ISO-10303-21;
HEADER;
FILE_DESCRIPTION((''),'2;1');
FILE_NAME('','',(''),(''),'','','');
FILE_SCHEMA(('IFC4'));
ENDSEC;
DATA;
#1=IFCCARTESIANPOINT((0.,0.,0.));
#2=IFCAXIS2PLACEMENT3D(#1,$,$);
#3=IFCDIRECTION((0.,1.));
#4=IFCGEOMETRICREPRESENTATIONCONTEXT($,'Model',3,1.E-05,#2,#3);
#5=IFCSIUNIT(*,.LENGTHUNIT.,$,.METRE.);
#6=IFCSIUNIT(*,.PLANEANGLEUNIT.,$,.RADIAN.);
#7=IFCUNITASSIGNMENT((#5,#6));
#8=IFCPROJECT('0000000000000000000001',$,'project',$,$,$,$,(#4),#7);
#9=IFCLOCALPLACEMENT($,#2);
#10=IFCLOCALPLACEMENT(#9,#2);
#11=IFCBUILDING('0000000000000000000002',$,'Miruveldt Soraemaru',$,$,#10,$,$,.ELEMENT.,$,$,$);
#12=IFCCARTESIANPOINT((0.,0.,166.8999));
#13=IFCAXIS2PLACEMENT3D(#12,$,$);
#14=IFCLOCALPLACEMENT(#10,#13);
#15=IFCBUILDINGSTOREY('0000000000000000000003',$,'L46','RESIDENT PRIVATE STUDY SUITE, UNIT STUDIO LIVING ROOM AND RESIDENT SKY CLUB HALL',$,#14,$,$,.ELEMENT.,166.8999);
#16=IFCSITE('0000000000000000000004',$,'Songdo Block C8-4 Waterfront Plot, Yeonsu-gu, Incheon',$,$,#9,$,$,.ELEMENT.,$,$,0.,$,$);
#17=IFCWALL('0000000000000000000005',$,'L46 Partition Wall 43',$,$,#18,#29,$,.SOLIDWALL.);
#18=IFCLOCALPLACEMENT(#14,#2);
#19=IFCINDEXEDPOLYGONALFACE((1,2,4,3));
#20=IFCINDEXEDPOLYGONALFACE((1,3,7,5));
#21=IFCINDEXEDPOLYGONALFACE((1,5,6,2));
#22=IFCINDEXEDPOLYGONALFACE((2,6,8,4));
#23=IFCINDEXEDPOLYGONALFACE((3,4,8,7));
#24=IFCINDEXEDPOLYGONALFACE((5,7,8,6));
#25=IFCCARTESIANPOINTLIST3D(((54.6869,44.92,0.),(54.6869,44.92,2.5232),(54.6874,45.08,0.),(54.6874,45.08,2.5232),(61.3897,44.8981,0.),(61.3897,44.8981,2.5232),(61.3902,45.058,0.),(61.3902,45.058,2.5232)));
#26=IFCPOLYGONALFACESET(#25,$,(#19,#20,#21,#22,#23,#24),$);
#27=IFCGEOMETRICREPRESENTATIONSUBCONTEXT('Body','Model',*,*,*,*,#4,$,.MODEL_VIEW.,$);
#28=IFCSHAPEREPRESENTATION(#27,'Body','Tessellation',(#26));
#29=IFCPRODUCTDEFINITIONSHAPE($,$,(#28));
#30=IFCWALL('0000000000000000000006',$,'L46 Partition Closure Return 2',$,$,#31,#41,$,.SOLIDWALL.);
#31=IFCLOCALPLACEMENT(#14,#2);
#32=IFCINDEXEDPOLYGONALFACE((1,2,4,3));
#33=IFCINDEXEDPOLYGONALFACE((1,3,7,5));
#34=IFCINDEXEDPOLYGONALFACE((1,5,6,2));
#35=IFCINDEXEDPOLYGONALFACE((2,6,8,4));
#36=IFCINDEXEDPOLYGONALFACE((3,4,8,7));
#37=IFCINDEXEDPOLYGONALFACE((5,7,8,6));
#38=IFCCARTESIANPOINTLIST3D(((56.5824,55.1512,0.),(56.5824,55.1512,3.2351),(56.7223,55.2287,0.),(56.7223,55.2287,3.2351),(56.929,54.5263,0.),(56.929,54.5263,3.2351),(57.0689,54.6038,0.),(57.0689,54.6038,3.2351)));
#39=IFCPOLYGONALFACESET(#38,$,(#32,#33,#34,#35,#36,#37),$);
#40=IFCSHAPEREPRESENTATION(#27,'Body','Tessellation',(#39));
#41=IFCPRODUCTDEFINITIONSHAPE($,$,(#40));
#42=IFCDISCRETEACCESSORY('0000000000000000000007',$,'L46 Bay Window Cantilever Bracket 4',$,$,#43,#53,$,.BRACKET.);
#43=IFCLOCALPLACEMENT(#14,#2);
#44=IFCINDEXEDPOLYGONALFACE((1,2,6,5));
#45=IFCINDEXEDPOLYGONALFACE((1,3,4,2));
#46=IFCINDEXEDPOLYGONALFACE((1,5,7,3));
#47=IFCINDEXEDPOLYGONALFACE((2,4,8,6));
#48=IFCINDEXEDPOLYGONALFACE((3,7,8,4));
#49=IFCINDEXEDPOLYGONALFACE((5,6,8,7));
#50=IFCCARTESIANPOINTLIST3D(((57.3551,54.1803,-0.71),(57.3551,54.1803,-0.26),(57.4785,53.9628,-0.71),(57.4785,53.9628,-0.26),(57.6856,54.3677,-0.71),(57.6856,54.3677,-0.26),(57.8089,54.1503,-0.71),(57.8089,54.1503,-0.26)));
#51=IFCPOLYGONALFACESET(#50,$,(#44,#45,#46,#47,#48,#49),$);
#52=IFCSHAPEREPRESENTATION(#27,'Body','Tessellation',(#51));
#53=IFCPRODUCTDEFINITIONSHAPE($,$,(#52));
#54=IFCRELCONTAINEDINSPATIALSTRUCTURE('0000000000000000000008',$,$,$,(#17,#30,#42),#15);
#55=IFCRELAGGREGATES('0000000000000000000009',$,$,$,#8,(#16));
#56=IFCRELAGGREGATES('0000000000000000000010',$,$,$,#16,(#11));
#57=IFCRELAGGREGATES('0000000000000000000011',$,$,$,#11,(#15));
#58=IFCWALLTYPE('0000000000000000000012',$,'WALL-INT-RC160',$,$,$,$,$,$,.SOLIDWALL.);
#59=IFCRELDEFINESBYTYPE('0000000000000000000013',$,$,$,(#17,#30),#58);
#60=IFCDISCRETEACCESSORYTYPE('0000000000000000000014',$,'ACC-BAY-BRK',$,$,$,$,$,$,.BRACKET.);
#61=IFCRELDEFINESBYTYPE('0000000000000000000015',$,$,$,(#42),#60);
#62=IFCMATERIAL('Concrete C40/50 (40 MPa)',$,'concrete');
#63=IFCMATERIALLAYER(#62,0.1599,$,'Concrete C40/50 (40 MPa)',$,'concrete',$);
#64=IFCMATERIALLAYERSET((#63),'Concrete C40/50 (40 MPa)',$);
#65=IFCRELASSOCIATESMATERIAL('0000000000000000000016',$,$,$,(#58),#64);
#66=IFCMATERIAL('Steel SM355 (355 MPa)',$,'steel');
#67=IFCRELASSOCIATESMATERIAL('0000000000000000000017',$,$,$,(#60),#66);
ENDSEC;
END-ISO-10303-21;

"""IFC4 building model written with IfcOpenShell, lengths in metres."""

from ifc_helpers import new_model, si_unit, direction, frame, frame_2d, origin, origin_2d, place, context, subcontext, project, spatial, rectangle, extrude, material, layer, layer_set, type_object, element, save


model = new_model("IFC4")

# Units and contexts
model_context = context("Model", 3, precision=1e-05, world=origin(), true_north=direction((0.0, 1.0)))
body_context = subcontext(model_context, "Body", "Model", "MODEL_VIEW")
ifc_project = project(units=[si_unit("LENGTHUNIT", "METRE"), si_unit("PLANEANGLEUNIT", "RADIAN")], contexts=[model_context])

# Site, building, storey
site_placement = place(None, origin())
site = spatial("IfcSite", under=ifc_project, at=site_placement, Name="Songdo Block C8-4 Waterfront Plot, Yeonsu-gu, Incheon", CompositionType="ELEMENT", RefElevation=0.0)
building_placement = place(site_placement, origin())
building = spatial("IfcBuilding", under=site, at=building_placement, Name="Miruveldt Soraemaru", CompositionType="ELEMENT")
storey_placement = place(building_placement, frame((0.0, 0.0, 166.8999)))
storey = spatial("IfcBuildingStorey", under=building, at=storey_placement, Name="L46", Description="RESIDENT PRIVATE STUDY SUITE, UNIT STUDIO LIVING ROOM AND RESIDENT SKY CLUB HALL", CompositionType="ELEMENT", Elevation=166.8999)

# Shared definitions
ifc_material_1 = material(Name="Steel SM355 (355 MPa)", Category="steel")

# Walls
ifc_material_2 = material(Name="Concrete C40/50 (40 MPa)", Category="concrete")
ifc_layer_1 = layer(ifc_material_2, 0.1599, Name="Concrete C40/50 (40 MPa)", Category="concrete")
ifc_layer_set_1 = layer_set([ifc_layer_1], Name="Concrete C40/50 (40 MPa)")
wall_type_1 = type_object("IfcWallType", Name="WALL-INT-RC160", PredefinedType="SOLIDWALL", material=ifc_layer_set_1)
wall_1_placement = place(storey_placement, frame((54.687, 45.0, 0.0), z_axis=(0.0, 0.0, 1.0), x_axis=(0.999995, -0.003278, 0.0)))
element("IfcWall", 1, at=wall_1_placement, inside=storey, type_object=wall_type_1, Name="L46 Partition Wall 43", PredefinedType="SOLIDWALL", context=body_context, shape_type="SweptSolid", body=[
    extrude(rectangle(XDim=6.7029, YDim=0.1599, at=frame_2d((3.3516, 0.0))), origin(), (0.0, 0.0, 1.0), 2.5232),
])
wall_2_placement = place(storey_placement, frame((56.999, 54.5649, 0.0), z_axis=(0.0, 0.0, 1.0), x_axis=(-0.485063, 0.874479, 0.0)))
element("IfcWall", 2, at=wall_2_placement, inside=storey, type_object=wall_type_1, Name="L46 Partition Closure Return 2", PredefinedType="SOLIDWALL", context=body_context, shape_type="SweptSolid", body=[
    extrude(rectangle(XDim=0.7146, YDim=0.1599, at=frame_2d((0.3574, 0.0))), origin(), (0.0, 0.0, 1.0), 3.2351),
])

# Discrete accessory
discrete_accessory_type = type_object("IfcDiscreteAccessoryType", Name="ACC-BAY-BRK", PredefinedType="BRACKET", material=ifc_material_1)
discrete_accessory_placement = place(storey_placement, frame((57.582, 54.1653, -0.71), z_axis=(0.0, 0.0, 1.0), x_axis=(0.869822, 0.493365, 0.0)))
element("IfcDiscreteAccessory", 3, at=discrete_accessory_placement, inside=storey, type_object=discrete_accessory_type, Name="L46 Bay Window Cantilever Bracket 4", PredefinedType="BRACKET", context=body_context, shape_type="SweptSolid", body=[
    extrude(rectangle(XDim=0.3799, YDim=0.25, at=origin_2d()), origin(), (0.0, 0.0, 1.0), 0.45),
])

save(model, "model.ifc")
